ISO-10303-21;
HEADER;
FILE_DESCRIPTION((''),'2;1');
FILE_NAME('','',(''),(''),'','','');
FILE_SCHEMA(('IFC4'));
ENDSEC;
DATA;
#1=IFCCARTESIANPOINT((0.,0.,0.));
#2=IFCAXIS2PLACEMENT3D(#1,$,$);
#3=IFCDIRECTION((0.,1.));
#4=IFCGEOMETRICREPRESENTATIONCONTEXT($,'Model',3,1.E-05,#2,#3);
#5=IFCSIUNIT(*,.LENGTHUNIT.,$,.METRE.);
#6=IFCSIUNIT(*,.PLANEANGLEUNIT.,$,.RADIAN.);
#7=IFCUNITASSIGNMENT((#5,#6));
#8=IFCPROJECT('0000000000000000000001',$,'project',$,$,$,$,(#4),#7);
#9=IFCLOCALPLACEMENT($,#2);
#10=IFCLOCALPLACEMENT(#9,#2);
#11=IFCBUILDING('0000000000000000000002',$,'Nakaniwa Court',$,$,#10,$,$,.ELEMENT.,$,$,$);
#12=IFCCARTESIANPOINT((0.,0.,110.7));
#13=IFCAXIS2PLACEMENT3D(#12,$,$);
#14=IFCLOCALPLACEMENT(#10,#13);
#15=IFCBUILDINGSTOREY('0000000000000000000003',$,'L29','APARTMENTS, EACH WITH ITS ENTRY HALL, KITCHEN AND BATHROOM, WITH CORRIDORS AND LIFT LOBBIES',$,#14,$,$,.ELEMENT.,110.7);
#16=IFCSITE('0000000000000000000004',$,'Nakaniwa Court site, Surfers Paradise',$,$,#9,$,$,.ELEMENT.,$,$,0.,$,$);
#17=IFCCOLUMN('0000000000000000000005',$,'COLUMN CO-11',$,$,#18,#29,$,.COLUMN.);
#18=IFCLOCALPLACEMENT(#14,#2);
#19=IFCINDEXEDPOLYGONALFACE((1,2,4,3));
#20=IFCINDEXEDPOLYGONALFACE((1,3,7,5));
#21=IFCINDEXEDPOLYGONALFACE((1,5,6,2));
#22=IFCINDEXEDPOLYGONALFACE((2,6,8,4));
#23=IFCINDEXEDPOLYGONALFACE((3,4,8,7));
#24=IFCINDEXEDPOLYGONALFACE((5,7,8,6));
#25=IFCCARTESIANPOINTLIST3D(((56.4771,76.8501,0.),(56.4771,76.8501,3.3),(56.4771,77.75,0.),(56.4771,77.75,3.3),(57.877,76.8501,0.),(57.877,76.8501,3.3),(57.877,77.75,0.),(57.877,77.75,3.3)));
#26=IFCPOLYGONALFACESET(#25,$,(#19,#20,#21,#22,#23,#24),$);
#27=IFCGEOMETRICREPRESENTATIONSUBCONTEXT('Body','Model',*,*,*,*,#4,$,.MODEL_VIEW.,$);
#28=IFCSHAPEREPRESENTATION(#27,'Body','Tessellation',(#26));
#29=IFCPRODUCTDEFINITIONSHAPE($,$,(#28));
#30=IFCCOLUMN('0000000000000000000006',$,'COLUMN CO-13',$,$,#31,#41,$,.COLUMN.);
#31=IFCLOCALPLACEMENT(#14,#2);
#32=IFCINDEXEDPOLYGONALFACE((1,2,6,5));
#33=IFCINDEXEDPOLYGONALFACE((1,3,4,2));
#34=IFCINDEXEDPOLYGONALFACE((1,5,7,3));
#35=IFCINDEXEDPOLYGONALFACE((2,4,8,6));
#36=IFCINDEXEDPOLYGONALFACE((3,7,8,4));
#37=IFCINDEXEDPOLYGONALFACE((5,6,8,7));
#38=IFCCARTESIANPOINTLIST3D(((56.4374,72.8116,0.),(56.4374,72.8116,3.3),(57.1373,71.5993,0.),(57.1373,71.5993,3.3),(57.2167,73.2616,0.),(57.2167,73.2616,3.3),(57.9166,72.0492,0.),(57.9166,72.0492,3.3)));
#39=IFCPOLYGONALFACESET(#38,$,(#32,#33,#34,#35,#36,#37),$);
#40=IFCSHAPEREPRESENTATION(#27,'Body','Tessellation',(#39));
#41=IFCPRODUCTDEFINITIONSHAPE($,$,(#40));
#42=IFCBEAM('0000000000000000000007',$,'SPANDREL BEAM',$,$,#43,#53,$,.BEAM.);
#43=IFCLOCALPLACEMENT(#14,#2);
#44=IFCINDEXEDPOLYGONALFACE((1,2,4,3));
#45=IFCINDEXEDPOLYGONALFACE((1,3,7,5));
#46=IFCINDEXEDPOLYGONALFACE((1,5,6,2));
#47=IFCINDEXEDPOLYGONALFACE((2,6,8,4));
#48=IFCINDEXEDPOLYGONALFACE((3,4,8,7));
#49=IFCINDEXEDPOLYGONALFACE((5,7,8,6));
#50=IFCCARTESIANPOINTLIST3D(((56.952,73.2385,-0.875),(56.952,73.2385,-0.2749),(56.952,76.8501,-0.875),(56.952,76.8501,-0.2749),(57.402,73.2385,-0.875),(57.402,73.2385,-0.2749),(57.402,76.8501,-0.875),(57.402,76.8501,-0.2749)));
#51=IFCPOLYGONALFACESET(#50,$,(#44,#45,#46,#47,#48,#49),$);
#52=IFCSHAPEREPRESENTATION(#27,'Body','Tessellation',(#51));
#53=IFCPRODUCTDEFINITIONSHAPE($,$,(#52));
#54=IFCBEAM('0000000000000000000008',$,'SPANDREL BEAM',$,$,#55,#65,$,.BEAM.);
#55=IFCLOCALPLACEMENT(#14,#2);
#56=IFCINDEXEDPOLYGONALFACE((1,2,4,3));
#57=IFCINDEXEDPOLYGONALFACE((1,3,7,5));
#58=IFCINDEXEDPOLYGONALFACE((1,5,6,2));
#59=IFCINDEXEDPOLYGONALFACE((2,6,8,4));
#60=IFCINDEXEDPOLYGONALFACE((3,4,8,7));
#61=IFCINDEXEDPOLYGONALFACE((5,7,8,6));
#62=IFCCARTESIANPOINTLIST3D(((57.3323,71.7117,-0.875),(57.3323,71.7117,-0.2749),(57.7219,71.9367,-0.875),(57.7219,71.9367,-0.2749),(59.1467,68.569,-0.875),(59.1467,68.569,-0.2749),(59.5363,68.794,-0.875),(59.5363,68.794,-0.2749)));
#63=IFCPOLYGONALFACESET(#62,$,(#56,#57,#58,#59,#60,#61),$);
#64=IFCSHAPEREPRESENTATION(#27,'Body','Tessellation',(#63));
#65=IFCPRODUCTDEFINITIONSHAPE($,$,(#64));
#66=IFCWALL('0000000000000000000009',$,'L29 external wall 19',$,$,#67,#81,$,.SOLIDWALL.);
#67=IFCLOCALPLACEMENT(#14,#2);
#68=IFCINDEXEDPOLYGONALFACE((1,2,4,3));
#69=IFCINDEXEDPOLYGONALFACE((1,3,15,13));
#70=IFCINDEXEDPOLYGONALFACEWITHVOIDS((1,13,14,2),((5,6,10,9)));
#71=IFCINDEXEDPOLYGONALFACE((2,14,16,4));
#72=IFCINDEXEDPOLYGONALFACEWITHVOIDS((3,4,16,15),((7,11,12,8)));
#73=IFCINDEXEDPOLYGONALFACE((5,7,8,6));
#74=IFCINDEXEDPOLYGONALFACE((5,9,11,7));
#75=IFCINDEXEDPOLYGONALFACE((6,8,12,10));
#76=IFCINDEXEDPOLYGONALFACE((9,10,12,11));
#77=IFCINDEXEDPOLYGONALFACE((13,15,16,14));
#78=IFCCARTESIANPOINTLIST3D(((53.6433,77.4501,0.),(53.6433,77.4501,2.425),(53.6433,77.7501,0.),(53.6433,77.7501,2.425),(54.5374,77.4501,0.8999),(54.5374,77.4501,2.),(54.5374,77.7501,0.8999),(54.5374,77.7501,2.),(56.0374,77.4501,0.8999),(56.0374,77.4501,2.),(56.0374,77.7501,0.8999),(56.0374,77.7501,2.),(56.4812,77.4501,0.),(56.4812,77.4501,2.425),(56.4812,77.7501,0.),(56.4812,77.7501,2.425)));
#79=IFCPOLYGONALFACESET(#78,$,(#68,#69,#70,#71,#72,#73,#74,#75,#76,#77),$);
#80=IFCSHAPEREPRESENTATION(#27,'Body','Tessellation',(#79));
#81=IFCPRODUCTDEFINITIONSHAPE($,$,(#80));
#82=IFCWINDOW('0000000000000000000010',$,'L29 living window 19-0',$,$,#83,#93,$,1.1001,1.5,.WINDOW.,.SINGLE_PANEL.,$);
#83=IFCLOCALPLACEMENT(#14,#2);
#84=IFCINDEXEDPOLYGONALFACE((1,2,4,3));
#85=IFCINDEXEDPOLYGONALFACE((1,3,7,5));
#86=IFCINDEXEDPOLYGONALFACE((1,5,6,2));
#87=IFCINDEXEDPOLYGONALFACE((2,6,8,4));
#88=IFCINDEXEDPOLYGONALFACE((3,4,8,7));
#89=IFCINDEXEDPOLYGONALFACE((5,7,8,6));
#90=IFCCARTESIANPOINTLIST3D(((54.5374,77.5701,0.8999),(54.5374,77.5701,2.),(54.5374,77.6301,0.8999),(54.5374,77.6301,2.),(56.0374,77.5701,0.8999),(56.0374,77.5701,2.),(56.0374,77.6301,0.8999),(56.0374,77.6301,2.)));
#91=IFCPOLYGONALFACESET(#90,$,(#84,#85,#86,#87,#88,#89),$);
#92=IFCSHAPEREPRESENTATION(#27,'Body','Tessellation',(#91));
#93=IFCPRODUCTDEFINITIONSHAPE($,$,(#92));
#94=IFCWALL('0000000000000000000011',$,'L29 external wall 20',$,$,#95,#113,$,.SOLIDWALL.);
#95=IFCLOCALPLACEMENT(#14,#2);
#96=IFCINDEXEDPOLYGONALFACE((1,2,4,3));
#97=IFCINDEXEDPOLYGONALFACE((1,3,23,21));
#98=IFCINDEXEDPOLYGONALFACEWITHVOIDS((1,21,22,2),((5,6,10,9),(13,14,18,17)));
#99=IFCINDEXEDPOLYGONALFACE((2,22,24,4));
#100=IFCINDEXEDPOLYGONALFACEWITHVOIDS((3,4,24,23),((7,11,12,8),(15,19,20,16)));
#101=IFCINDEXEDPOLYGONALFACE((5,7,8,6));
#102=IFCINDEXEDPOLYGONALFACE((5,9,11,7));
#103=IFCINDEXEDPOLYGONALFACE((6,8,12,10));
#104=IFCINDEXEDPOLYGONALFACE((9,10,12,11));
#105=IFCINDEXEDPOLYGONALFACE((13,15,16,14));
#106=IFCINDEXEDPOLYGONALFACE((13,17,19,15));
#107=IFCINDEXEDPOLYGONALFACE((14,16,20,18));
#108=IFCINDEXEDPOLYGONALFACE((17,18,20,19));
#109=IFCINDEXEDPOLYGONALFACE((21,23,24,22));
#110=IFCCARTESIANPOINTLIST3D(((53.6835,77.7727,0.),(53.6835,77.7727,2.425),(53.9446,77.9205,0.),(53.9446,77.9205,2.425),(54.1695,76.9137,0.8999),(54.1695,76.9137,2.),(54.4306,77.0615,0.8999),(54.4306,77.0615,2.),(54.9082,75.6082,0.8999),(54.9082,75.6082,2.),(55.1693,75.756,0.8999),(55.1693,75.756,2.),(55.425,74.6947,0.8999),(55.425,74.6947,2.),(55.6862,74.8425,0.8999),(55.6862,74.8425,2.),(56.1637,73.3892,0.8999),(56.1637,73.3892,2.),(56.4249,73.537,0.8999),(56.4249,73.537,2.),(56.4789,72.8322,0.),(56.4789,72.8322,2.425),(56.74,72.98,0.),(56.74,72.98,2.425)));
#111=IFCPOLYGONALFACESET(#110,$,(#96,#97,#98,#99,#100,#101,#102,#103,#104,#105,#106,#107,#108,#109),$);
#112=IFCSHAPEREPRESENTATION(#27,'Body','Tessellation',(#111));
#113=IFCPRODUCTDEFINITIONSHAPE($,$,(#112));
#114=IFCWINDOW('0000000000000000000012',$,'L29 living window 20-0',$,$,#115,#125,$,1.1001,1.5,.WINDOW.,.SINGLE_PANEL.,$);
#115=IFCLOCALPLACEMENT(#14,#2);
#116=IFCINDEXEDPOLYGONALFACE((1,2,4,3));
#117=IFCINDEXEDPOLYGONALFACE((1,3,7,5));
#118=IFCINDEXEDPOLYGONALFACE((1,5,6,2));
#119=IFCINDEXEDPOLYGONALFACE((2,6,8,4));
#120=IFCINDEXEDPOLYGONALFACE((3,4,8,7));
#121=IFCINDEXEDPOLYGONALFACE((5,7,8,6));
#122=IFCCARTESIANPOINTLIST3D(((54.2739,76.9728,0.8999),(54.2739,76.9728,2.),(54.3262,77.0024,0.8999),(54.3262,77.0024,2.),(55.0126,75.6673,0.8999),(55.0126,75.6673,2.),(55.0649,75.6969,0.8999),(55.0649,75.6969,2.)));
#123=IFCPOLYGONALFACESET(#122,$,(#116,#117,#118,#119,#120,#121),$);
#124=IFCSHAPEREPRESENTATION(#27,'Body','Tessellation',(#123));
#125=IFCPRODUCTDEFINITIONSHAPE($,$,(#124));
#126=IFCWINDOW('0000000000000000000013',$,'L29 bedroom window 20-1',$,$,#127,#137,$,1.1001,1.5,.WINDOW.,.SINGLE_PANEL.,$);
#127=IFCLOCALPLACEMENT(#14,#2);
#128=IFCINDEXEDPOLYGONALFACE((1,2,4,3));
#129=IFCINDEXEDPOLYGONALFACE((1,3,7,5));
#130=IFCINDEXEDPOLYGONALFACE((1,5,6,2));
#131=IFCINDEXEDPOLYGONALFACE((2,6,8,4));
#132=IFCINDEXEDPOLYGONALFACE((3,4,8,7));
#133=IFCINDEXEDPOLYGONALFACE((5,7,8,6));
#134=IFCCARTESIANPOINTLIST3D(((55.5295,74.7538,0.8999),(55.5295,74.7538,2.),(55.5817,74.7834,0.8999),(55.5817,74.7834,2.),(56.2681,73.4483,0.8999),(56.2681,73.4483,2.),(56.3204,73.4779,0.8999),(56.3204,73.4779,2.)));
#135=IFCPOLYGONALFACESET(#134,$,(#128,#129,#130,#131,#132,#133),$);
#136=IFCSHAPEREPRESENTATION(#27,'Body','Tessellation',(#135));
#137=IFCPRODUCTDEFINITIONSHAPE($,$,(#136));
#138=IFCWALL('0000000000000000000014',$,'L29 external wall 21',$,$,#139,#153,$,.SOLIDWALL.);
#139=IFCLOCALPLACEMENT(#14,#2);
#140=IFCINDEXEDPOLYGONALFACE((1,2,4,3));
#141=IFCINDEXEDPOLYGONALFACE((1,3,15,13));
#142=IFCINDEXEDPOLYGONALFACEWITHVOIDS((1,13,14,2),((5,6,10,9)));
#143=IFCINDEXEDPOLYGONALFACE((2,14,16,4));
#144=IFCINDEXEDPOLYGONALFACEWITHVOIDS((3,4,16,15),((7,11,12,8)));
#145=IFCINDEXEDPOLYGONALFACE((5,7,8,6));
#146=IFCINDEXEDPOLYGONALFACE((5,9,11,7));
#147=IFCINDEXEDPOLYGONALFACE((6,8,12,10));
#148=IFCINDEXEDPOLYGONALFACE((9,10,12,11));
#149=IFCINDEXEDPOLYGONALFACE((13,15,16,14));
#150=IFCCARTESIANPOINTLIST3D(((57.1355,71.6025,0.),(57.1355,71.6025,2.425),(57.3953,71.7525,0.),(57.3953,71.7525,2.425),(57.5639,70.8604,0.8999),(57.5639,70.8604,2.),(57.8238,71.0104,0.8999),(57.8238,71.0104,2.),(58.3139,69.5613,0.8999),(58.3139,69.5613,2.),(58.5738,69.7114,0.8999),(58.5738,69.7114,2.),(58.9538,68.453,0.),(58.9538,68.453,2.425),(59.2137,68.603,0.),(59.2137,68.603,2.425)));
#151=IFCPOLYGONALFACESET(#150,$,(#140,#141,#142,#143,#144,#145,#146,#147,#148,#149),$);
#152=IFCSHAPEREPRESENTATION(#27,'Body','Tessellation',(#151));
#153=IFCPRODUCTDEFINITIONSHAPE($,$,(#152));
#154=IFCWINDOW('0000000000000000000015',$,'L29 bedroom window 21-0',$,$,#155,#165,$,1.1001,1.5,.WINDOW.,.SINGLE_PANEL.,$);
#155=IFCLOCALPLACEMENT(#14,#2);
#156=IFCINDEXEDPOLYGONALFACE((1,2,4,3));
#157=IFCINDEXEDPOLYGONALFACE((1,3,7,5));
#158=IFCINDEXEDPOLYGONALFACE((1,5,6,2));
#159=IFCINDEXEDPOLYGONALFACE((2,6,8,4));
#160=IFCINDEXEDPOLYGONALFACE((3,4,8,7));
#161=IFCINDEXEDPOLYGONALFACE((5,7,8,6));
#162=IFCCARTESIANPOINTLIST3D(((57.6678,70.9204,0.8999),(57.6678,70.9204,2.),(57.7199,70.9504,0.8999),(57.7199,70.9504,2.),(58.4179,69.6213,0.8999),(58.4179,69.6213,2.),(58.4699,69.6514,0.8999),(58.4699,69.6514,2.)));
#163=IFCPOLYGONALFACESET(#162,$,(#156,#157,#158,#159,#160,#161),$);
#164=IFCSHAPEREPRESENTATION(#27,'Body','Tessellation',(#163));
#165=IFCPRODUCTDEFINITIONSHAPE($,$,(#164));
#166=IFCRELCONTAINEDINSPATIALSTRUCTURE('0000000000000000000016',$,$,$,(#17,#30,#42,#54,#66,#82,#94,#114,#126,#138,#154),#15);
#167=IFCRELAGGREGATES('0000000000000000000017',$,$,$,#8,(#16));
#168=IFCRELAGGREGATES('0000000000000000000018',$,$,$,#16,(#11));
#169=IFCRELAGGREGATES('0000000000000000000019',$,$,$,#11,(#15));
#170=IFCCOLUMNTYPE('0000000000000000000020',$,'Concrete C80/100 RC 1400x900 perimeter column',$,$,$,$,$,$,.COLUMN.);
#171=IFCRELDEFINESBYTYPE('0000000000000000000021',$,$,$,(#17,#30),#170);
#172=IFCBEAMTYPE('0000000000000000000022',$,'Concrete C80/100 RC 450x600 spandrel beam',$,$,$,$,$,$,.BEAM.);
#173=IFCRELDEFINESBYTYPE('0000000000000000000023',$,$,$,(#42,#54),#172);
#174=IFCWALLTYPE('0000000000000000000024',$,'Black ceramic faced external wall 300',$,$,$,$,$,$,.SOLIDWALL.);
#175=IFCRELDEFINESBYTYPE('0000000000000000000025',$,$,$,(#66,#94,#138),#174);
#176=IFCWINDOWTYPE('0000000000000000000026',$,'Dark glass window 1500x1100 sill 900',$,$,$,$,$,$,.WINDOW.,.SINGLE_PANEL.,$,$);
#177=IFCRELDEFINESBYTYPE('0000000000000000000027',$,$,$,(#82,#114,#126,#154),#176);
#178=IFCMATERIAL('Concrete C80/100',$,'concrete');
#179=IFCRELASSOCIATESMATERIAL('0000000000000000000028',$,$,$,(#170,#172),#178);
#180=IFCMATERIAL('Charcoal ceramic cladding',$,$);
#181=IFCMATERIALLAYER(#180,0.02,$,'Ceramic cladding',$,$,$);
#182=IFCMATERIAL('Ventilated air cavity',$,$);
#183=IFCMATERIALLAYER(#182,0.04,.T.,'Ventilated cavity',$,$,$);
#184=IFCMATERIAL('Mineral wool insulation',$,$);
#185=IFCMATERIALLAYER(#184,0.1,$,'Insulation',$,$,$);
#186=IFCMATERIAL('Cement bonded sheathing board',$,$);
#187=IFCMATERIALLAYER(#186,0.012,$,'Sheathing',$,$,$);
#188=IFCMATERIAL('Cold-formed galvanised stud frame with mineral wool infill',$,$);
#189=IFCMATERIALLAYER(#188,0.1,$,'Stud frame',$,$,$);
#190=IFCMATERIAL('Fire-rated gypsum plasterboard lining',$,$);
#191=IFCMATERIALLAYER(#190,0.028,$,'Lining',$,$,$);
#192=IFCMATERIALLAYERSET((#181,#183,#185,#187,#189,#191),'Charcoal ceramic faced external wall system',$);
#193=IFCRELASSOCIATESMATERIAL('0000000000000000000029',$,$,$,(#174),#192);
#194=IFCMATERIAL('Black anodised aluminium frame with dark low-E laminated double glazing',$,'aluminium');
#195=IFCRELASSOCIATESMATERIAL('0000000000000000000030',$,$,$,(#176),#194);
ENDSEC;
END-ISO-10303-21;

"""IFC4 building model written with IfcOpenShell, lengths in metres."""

from ifc_helpers import new_model, si_unit, direction, frame, frame_2d, origin, origin_2d, place, context, subcontext, project, spatial, rectangle, extrude, material, layer, layer_set, material_profile, profile_set, type_object, element, fill, save


model = new_model("IFC4")

# Units and contexts
model_context = context("Model", 3, precision=1e-05, world=origin(), true_north=direction((0.0, 1.0)))
body_context = subcontext(model_context, "Body", "Model", "MODEL_VIEW")
ifc_project = project(units=[si_unit("LENGTHUNIT", "METRE"), si_unit("PLANEANGLEUNIT", "RADIAN")], contexts=[model_context])

# Site, building, storey
site_placement = place(None, origin())
site = spatial("IfcSite", under=ifc_project, at=site_placement, Name="Nakaniwa Court site, Surfers Paradise", CompositionType="ELEMENT", RefElevation=0.0)
building_placement = place(site_placement, origin())
building = spatial("IfcBuilding", under=site, at=building_placement, Name="Nakaniwa Court", CompositionType="ELEMENT")
storey_placement = place(building_placement, frame((0.0, 0.0, 110.7)))
storey = spatial("IfcBuildingStorey", under=building, at=storey_placement, Name="L29", Description="APARTMENTS, EACH WITH ITS ENTRY HALL, KITCHEN AND BATHROOM, WITH CORRIDORS AND LIFT LOBBIES", CompositionType="ELEMENT", Elevation=110.7)

# Columns
ifc_material_1 = material(Name="Concrete C80/100", Category="concrete")
ifc_material_profile_1 = material_profile(ifc_material_1, rectangle(XDim=1.3999, YDim=0.8999, at=origin_2d()), Name="Concrete C80/100 RC 1400x900 perimeter column")
ifc_profile_set_1 = profile_set([ifc_material_profile_1], Name="Concrete C80/100")
column_type = type_object("IfcColumnType", Name="Concrete C80/100 RC 1400x900 perimeter column", PredefinedType="COLUMN", material=ifc_profile_set_1)
for number, where, z_axis, x_axis, name in (
    (1, (57.177, 77.3, 0.0), (0.0, 0.0, 1.0), (-1.0, 0.0, 0.0), "COLUMN CO-11"),
    (2, (57.177, 72.4304, 0.0), (0.0, 0.0, 1.0), (0.5, -0.866025, 0.0), "COLUMN CO-13"),
):
    element("IfcColumn", number, at=place(storey_placement, frame(where, z_axis=z_axis, x_axis=x_axis)), inside=storey, type_object=column_type, Name=name, PredefinedType="COLUMN", context=body_context, shape_type="SweptSolid", body=[
        extrude(rectangle(XDim=1.3999, YDim=0.8999, at=origin_2d()), origin(), (0.0, 0.0, 1.0), 3.3),
    ])

# Beams
ifc_material_profile_2 = material_profile(ifc_material_1, rectangle(XDim=0.45, YDim=0.6001, at=origin_2d()), Name="Concrete C80/100 RC 450x600 spandrel beam")
ifc_profile_set_2 = profile_set([ifc_material_profile_2], Name="Concrete C80/100")
beam_type = type_object("IfcBeamType", Name="Concrete C80/100 RC 450x600 spandrel beam", PredefinedType="BEAM", material=ifc_profile_set_2)
beam_1_placement = place(storey_placement, frame((57.177, 76.8501, -0.575), z_axis=(0.0, -1.0, 0.0), x_axis=(1.0, 0.0, 0.0)))
element("IfcBeam", 3, at=beam_1_placement, inside=storey, type_object=beam_type, Name="SPANDREL BEAM", PredefinedType="BEAM", context=body_context, shape_type="SweptSolid", body=[
    extrude(rectangle(XDim=0.45, YDim=0.6001, at=origin_2d()), origin(), (0.0, 0.0, 1.0), 3.6116),
])
beam_2_placement = place(storey_placement, frame((57.5271, 71.8242, -0.575), z_axis=(0.499988, -0.866032, 0.0), x_axis=(0.866032, 0.499988, 0.0)))
element("IfcBeam", 4, at=beam_2_placement, inside=storey, type_object=beam_type, Name="SPANDREL BEAM", PredefinedType="BEAM", context=body_context, shape_type="SweptSolid", body=[
    extrude(rectangle(XDim=0.45, YDim=0.6001, at=origin_2d()), origin(), (0.0, 0.0, 1.0), 3.6289),
])

# Wall, opening, window
ifc_material_2 = material(Name="Charcoal ceramic cladding")
ifc_layer_1 = layer(ifc_material_2, 0.02, Name="Ceramic cladding")
ifc_material_3 = material(Name="Ventilated air cavity")
ifc_layer_2 = layer(ifc_material_3, 0.04, ventilated=True, Name="Ventilated cavity")
ifc_material_4 = material(Name="Mineral wool insulation")
ifc_layer_3 = layer(ifc_material_4, 0.1, Name="Insulation")
ifc_material_5 = material(Name="Cement bonded sheathing board")
ifc_layer_4 = layer(ifc_material_5, 0.012, Name="Sheathing")
ifc_material_6 = material(Name="Cold-formed galvanised stud frame with mineral wool infill")
ifc_layer_5 = layer(ifc_material_6, 0.1, Name="Stud frame")
ifc_material_7 = material(Name="Fire-rated gypsum plasterboard lining")
ifc_layer_6 = layer(ifc_material_7, 0.028, Name="Lining")
ifc_layer_set_1 = layer_set([ifc_layer_1, ifc_layer_2, ifc_layer_3, ifc_layer_4, ifc_layer_5, ifc_layer_6], Name="Charcoal ceramic faced external wall system")
wall_type_1 = type_object("IfcWallType", Name="Black ceramic faced external wall 300", PredefinedType="SOLIDWALL", material=ifc_layer_set_1)
wall_1_placement = place(storey_placement, frame((56.4812, 77.6001, 0.0), z_axis=(0.0, 0.0, 1.0), x_axis=(-1.0, 0.0, 0.0)))
wall_1 = element("IfcWall", 5, at=wall_1_placement, inside=storey, type_object=wall_type_1, Name="L29 external wall 19", PredefinedType="SOLIDWALL", context=body_context, shape_type="SweptSolid", body=[
    extrude(rectangle(XDim=2.8379, YDim=0.3, at=frame_2d((1.4189, 0.0))), origin(), (0.0, 0.0, 1.0), 2.425),
])
opening_1_placement = place(wall_1_placement, frame((0.4438, 0.0, 0.8999)))
opening_1 = element("IfcOpeningElement", 6, at=opening_1_placement, cuts=wall_1, PredefinedType="OPENING", context=body_context, shape_type="SweptSolid", body=[
    extrude(rectangle(XDim=1.5, YDim=1.1001, at=frame_2d((0.75, 0.55))), frame((0.0, 0.1599, 0.0), z_axis=(0.0, -1.0, 0.0), x_axis=(1.0, 0.0, 0.0)), (0.0, 0.0, 1.0), 0.3201),
])
ifc_material_8 = material(Name="Black anodised aluminium frame with dark low-E laminated double glazing", Category="aluminium")
window_type = type_object("IfcWindowType", Name="Dark glass window 1500x1100 sill 900", PartitioningType="SINGLE_PANEL", PredefinedType="WINDOW", material=ifc_material_8)
window_1_placement = place(opening_1_placement, origin())
window_1 = element("IfcWindow", 7, at=window_1_placement, inside=storey, type_object=window_type, Name="L29 living window 19-0", OverallHeight=1.1001, OverallWidth=1.5, PartitioningType="SINGLE_PANEL", PredefinedType="WINDOW", context=body_context, shape_type="SweptSolid", body=[
    extrude(rectangle(XDim=1.5, YDim=1.1001, at=frame_2d((0.75, 0.55))), frame((0.0, 0.03, 0.0), z_axis=(0.0, -1.0, 0.0), x_axis=(1.0, 0.0, 0.0)), (0.0, 0.0, 1.0), 0.0601),
])
fill(opening_1, window_1)

# Wall, openings, windows
wall_2_placement = place(storey_placement, frame((53.814, 77.8467, 0.0), z_axis=(0.0, 0.0, 1.0), x_axis=(0.492457, -0.870337, 0.0)))
wall_2 = element("IfcWall", 8, at=wall_2_placement, inside=storey, type_object=wall_type_1, Name="L29 external wall 20", PredefinedType="SOLIDWALL", context=body_context, shape_type="SweptSolid", body=[
    extrude(rectangle(XDim=5.6765, YDim=0.3, at=frame_2d((2.8384, 0.0))), origin(), (0.0, 0.0, 1.0), 2.425),
])
opening_2_placement = place(wall_2_placement, frame((0.9871, 0.0, 0.8999)))
opening_2 = element("IfcOpeningElement", 9, at=opening_2_placement, cuts=wall_2, PredefinedType="OPENING", context=body_context, shape_type="SweptSolid", body=[
    extrude(rectangle(XDim=1.5, YDim=1.1001, at=frame_2d((0.75, 0.55))), frame((0.0, 0.1599, 0.0), z_axis=(0.0, -1.0, 0.0), x_axis=(1.0, 0.0, 0.0)), (0.0, 0.0, 1.0), 0.3201),
])
opening_3_placement = place(wall_2_placement, frame((3.5366, 0.0, 0.8999)))
opening_3 = element("IfcOpeningElement", 10, at=opening_3_placement, cuts=wall_2, PredefinedType="OPENING", context=body_context, shape_type="SweptSolid", body=[
    extrude(rectangle(XDim=1.5, YDim=1.1001, at=frame_2d((0.75, 0.55))), frame((0.0, 0.1599, 0.0), z_axis=(0.0, -1.0, 0.0), x_axis=(1.0, 0.0, 0.0)), (0.0, 0.0, 1.0), 0.3201),
])
window_2_placement = place(opening_2_placement, origin())
window_2 = element("IfcWindow", 11, at=window_2_placement, inside=storey, type_object=window_type, Name="L29 living window 20-0", OverallHeight=1.1001, OverallWidth=1.5, PartitioningType="SINGLE_PANEL", PredefinedType="WINDOW", context=body_context, shape_type="SweptSolid", body=[
    extrude(rectangle(XDim=1.5, YDim=1.1001, at=frame_2d((0.75, 0.55))), frame((0.0, 0.03, 0.0), z_axis=(0.0, -1.0, 0.0), x_axis=(1.0, 0.0, 0.0)), (0.0, 0.0, 1.0), 0.0601),
])
fill(opening_2, window_2)
window_3_placement = place(opening_3_placement, origin())
window_3 = element("IfcWindow", 12, at=window_3_placement, inside=storey, type_object=window_type, Name="L29 bedroom window 20-1", OverallHeight=1.1001, OverallWidth=1.5, PartitioningType="SINGLE_PANEL", PredefinedType="WINDOW", context=body_context, shape_type="SweptSolid", body=[
    extrude(rectangle(XDim=1.5, YDim=1.1001, at=frame_2d((0.75, 0.55))), frame((0.0, 0.03, 0.0), z_axis=(0.0, -1.0, 0.0), x_axis=(1.0, 0.0, 0.0)), (0.0, 0.0, 1.0), 0.0601),
])
fill(opening_3, window_3)

# Wall, opening, window
wall_3_placement = place(storey_placement, frame((57.2654, 71.6775, 0.0), z_axis=(0.0, 0.0, 1.0), x_axis=(0.500009, -0.86602, 0.0)))
wall_3 = element("IfcWall", 13, at=wall_3_placement, inside=storey, type_object=wall_type_1, Name="L29 external wall 21", PredefinedType="SOLIDWALL", context=body_context, shape_type="SweptSolid", body=[
    extrude(rectangle(XDim=3.6367, YDim=0.3, at=frame_2d((1.8184, 0.0))), origin(), (0.0, 0.0, 1.0), 2.425),
])
opening_4_placement = place(wall_3_placement, frame((0.8569, 0.0, 0.8999)))
opening_4 = element("IfcOpeningElement", 14, at=opening_4_placement, cuts=wall_3, PredefinedType="OPENING", context=body_context, shape_type="SweptSolid", body=[
    extrude(rectangle(XDim=1.5, YDim=1.1001, at=frame_2d((0.75, 0.55))), frame((0.0, 0.1599, 0.0), z_axis=(0.0, -1.0, 0.0), x_axis=(1.0, 0.0, 0.0)), (0.0, 0.0, 1.0), 0.3201),
])
window_4_placement = place(opening_4_placement, origin())
window_4 = element("IfcWindow", 15, at=window_4_placement, inside=storey, type_object=window_type, Name="L29 bedroom window 21-0", OverallHeight=1.1001, OverallWidth=1.5, PartitioningType="SINGLE_PANEL", PredefinedType="WINDOW", context=body_context, shape_type="SweptSolid", body=[
    extrude(rectangle(XDim=1.5, YDim=1.1001, at=frame_2d((0.75, 0.55))), frame((0.0, 0.03, 0.0), z_axis=(0.0, -1.0, 0.0), x_axis=(1.0, 0.0, 0.0)), (0.0, 0.0, 1.0), 0.0601),
])
fill(opening_4, window_4)

save(model, "model.ifc")
